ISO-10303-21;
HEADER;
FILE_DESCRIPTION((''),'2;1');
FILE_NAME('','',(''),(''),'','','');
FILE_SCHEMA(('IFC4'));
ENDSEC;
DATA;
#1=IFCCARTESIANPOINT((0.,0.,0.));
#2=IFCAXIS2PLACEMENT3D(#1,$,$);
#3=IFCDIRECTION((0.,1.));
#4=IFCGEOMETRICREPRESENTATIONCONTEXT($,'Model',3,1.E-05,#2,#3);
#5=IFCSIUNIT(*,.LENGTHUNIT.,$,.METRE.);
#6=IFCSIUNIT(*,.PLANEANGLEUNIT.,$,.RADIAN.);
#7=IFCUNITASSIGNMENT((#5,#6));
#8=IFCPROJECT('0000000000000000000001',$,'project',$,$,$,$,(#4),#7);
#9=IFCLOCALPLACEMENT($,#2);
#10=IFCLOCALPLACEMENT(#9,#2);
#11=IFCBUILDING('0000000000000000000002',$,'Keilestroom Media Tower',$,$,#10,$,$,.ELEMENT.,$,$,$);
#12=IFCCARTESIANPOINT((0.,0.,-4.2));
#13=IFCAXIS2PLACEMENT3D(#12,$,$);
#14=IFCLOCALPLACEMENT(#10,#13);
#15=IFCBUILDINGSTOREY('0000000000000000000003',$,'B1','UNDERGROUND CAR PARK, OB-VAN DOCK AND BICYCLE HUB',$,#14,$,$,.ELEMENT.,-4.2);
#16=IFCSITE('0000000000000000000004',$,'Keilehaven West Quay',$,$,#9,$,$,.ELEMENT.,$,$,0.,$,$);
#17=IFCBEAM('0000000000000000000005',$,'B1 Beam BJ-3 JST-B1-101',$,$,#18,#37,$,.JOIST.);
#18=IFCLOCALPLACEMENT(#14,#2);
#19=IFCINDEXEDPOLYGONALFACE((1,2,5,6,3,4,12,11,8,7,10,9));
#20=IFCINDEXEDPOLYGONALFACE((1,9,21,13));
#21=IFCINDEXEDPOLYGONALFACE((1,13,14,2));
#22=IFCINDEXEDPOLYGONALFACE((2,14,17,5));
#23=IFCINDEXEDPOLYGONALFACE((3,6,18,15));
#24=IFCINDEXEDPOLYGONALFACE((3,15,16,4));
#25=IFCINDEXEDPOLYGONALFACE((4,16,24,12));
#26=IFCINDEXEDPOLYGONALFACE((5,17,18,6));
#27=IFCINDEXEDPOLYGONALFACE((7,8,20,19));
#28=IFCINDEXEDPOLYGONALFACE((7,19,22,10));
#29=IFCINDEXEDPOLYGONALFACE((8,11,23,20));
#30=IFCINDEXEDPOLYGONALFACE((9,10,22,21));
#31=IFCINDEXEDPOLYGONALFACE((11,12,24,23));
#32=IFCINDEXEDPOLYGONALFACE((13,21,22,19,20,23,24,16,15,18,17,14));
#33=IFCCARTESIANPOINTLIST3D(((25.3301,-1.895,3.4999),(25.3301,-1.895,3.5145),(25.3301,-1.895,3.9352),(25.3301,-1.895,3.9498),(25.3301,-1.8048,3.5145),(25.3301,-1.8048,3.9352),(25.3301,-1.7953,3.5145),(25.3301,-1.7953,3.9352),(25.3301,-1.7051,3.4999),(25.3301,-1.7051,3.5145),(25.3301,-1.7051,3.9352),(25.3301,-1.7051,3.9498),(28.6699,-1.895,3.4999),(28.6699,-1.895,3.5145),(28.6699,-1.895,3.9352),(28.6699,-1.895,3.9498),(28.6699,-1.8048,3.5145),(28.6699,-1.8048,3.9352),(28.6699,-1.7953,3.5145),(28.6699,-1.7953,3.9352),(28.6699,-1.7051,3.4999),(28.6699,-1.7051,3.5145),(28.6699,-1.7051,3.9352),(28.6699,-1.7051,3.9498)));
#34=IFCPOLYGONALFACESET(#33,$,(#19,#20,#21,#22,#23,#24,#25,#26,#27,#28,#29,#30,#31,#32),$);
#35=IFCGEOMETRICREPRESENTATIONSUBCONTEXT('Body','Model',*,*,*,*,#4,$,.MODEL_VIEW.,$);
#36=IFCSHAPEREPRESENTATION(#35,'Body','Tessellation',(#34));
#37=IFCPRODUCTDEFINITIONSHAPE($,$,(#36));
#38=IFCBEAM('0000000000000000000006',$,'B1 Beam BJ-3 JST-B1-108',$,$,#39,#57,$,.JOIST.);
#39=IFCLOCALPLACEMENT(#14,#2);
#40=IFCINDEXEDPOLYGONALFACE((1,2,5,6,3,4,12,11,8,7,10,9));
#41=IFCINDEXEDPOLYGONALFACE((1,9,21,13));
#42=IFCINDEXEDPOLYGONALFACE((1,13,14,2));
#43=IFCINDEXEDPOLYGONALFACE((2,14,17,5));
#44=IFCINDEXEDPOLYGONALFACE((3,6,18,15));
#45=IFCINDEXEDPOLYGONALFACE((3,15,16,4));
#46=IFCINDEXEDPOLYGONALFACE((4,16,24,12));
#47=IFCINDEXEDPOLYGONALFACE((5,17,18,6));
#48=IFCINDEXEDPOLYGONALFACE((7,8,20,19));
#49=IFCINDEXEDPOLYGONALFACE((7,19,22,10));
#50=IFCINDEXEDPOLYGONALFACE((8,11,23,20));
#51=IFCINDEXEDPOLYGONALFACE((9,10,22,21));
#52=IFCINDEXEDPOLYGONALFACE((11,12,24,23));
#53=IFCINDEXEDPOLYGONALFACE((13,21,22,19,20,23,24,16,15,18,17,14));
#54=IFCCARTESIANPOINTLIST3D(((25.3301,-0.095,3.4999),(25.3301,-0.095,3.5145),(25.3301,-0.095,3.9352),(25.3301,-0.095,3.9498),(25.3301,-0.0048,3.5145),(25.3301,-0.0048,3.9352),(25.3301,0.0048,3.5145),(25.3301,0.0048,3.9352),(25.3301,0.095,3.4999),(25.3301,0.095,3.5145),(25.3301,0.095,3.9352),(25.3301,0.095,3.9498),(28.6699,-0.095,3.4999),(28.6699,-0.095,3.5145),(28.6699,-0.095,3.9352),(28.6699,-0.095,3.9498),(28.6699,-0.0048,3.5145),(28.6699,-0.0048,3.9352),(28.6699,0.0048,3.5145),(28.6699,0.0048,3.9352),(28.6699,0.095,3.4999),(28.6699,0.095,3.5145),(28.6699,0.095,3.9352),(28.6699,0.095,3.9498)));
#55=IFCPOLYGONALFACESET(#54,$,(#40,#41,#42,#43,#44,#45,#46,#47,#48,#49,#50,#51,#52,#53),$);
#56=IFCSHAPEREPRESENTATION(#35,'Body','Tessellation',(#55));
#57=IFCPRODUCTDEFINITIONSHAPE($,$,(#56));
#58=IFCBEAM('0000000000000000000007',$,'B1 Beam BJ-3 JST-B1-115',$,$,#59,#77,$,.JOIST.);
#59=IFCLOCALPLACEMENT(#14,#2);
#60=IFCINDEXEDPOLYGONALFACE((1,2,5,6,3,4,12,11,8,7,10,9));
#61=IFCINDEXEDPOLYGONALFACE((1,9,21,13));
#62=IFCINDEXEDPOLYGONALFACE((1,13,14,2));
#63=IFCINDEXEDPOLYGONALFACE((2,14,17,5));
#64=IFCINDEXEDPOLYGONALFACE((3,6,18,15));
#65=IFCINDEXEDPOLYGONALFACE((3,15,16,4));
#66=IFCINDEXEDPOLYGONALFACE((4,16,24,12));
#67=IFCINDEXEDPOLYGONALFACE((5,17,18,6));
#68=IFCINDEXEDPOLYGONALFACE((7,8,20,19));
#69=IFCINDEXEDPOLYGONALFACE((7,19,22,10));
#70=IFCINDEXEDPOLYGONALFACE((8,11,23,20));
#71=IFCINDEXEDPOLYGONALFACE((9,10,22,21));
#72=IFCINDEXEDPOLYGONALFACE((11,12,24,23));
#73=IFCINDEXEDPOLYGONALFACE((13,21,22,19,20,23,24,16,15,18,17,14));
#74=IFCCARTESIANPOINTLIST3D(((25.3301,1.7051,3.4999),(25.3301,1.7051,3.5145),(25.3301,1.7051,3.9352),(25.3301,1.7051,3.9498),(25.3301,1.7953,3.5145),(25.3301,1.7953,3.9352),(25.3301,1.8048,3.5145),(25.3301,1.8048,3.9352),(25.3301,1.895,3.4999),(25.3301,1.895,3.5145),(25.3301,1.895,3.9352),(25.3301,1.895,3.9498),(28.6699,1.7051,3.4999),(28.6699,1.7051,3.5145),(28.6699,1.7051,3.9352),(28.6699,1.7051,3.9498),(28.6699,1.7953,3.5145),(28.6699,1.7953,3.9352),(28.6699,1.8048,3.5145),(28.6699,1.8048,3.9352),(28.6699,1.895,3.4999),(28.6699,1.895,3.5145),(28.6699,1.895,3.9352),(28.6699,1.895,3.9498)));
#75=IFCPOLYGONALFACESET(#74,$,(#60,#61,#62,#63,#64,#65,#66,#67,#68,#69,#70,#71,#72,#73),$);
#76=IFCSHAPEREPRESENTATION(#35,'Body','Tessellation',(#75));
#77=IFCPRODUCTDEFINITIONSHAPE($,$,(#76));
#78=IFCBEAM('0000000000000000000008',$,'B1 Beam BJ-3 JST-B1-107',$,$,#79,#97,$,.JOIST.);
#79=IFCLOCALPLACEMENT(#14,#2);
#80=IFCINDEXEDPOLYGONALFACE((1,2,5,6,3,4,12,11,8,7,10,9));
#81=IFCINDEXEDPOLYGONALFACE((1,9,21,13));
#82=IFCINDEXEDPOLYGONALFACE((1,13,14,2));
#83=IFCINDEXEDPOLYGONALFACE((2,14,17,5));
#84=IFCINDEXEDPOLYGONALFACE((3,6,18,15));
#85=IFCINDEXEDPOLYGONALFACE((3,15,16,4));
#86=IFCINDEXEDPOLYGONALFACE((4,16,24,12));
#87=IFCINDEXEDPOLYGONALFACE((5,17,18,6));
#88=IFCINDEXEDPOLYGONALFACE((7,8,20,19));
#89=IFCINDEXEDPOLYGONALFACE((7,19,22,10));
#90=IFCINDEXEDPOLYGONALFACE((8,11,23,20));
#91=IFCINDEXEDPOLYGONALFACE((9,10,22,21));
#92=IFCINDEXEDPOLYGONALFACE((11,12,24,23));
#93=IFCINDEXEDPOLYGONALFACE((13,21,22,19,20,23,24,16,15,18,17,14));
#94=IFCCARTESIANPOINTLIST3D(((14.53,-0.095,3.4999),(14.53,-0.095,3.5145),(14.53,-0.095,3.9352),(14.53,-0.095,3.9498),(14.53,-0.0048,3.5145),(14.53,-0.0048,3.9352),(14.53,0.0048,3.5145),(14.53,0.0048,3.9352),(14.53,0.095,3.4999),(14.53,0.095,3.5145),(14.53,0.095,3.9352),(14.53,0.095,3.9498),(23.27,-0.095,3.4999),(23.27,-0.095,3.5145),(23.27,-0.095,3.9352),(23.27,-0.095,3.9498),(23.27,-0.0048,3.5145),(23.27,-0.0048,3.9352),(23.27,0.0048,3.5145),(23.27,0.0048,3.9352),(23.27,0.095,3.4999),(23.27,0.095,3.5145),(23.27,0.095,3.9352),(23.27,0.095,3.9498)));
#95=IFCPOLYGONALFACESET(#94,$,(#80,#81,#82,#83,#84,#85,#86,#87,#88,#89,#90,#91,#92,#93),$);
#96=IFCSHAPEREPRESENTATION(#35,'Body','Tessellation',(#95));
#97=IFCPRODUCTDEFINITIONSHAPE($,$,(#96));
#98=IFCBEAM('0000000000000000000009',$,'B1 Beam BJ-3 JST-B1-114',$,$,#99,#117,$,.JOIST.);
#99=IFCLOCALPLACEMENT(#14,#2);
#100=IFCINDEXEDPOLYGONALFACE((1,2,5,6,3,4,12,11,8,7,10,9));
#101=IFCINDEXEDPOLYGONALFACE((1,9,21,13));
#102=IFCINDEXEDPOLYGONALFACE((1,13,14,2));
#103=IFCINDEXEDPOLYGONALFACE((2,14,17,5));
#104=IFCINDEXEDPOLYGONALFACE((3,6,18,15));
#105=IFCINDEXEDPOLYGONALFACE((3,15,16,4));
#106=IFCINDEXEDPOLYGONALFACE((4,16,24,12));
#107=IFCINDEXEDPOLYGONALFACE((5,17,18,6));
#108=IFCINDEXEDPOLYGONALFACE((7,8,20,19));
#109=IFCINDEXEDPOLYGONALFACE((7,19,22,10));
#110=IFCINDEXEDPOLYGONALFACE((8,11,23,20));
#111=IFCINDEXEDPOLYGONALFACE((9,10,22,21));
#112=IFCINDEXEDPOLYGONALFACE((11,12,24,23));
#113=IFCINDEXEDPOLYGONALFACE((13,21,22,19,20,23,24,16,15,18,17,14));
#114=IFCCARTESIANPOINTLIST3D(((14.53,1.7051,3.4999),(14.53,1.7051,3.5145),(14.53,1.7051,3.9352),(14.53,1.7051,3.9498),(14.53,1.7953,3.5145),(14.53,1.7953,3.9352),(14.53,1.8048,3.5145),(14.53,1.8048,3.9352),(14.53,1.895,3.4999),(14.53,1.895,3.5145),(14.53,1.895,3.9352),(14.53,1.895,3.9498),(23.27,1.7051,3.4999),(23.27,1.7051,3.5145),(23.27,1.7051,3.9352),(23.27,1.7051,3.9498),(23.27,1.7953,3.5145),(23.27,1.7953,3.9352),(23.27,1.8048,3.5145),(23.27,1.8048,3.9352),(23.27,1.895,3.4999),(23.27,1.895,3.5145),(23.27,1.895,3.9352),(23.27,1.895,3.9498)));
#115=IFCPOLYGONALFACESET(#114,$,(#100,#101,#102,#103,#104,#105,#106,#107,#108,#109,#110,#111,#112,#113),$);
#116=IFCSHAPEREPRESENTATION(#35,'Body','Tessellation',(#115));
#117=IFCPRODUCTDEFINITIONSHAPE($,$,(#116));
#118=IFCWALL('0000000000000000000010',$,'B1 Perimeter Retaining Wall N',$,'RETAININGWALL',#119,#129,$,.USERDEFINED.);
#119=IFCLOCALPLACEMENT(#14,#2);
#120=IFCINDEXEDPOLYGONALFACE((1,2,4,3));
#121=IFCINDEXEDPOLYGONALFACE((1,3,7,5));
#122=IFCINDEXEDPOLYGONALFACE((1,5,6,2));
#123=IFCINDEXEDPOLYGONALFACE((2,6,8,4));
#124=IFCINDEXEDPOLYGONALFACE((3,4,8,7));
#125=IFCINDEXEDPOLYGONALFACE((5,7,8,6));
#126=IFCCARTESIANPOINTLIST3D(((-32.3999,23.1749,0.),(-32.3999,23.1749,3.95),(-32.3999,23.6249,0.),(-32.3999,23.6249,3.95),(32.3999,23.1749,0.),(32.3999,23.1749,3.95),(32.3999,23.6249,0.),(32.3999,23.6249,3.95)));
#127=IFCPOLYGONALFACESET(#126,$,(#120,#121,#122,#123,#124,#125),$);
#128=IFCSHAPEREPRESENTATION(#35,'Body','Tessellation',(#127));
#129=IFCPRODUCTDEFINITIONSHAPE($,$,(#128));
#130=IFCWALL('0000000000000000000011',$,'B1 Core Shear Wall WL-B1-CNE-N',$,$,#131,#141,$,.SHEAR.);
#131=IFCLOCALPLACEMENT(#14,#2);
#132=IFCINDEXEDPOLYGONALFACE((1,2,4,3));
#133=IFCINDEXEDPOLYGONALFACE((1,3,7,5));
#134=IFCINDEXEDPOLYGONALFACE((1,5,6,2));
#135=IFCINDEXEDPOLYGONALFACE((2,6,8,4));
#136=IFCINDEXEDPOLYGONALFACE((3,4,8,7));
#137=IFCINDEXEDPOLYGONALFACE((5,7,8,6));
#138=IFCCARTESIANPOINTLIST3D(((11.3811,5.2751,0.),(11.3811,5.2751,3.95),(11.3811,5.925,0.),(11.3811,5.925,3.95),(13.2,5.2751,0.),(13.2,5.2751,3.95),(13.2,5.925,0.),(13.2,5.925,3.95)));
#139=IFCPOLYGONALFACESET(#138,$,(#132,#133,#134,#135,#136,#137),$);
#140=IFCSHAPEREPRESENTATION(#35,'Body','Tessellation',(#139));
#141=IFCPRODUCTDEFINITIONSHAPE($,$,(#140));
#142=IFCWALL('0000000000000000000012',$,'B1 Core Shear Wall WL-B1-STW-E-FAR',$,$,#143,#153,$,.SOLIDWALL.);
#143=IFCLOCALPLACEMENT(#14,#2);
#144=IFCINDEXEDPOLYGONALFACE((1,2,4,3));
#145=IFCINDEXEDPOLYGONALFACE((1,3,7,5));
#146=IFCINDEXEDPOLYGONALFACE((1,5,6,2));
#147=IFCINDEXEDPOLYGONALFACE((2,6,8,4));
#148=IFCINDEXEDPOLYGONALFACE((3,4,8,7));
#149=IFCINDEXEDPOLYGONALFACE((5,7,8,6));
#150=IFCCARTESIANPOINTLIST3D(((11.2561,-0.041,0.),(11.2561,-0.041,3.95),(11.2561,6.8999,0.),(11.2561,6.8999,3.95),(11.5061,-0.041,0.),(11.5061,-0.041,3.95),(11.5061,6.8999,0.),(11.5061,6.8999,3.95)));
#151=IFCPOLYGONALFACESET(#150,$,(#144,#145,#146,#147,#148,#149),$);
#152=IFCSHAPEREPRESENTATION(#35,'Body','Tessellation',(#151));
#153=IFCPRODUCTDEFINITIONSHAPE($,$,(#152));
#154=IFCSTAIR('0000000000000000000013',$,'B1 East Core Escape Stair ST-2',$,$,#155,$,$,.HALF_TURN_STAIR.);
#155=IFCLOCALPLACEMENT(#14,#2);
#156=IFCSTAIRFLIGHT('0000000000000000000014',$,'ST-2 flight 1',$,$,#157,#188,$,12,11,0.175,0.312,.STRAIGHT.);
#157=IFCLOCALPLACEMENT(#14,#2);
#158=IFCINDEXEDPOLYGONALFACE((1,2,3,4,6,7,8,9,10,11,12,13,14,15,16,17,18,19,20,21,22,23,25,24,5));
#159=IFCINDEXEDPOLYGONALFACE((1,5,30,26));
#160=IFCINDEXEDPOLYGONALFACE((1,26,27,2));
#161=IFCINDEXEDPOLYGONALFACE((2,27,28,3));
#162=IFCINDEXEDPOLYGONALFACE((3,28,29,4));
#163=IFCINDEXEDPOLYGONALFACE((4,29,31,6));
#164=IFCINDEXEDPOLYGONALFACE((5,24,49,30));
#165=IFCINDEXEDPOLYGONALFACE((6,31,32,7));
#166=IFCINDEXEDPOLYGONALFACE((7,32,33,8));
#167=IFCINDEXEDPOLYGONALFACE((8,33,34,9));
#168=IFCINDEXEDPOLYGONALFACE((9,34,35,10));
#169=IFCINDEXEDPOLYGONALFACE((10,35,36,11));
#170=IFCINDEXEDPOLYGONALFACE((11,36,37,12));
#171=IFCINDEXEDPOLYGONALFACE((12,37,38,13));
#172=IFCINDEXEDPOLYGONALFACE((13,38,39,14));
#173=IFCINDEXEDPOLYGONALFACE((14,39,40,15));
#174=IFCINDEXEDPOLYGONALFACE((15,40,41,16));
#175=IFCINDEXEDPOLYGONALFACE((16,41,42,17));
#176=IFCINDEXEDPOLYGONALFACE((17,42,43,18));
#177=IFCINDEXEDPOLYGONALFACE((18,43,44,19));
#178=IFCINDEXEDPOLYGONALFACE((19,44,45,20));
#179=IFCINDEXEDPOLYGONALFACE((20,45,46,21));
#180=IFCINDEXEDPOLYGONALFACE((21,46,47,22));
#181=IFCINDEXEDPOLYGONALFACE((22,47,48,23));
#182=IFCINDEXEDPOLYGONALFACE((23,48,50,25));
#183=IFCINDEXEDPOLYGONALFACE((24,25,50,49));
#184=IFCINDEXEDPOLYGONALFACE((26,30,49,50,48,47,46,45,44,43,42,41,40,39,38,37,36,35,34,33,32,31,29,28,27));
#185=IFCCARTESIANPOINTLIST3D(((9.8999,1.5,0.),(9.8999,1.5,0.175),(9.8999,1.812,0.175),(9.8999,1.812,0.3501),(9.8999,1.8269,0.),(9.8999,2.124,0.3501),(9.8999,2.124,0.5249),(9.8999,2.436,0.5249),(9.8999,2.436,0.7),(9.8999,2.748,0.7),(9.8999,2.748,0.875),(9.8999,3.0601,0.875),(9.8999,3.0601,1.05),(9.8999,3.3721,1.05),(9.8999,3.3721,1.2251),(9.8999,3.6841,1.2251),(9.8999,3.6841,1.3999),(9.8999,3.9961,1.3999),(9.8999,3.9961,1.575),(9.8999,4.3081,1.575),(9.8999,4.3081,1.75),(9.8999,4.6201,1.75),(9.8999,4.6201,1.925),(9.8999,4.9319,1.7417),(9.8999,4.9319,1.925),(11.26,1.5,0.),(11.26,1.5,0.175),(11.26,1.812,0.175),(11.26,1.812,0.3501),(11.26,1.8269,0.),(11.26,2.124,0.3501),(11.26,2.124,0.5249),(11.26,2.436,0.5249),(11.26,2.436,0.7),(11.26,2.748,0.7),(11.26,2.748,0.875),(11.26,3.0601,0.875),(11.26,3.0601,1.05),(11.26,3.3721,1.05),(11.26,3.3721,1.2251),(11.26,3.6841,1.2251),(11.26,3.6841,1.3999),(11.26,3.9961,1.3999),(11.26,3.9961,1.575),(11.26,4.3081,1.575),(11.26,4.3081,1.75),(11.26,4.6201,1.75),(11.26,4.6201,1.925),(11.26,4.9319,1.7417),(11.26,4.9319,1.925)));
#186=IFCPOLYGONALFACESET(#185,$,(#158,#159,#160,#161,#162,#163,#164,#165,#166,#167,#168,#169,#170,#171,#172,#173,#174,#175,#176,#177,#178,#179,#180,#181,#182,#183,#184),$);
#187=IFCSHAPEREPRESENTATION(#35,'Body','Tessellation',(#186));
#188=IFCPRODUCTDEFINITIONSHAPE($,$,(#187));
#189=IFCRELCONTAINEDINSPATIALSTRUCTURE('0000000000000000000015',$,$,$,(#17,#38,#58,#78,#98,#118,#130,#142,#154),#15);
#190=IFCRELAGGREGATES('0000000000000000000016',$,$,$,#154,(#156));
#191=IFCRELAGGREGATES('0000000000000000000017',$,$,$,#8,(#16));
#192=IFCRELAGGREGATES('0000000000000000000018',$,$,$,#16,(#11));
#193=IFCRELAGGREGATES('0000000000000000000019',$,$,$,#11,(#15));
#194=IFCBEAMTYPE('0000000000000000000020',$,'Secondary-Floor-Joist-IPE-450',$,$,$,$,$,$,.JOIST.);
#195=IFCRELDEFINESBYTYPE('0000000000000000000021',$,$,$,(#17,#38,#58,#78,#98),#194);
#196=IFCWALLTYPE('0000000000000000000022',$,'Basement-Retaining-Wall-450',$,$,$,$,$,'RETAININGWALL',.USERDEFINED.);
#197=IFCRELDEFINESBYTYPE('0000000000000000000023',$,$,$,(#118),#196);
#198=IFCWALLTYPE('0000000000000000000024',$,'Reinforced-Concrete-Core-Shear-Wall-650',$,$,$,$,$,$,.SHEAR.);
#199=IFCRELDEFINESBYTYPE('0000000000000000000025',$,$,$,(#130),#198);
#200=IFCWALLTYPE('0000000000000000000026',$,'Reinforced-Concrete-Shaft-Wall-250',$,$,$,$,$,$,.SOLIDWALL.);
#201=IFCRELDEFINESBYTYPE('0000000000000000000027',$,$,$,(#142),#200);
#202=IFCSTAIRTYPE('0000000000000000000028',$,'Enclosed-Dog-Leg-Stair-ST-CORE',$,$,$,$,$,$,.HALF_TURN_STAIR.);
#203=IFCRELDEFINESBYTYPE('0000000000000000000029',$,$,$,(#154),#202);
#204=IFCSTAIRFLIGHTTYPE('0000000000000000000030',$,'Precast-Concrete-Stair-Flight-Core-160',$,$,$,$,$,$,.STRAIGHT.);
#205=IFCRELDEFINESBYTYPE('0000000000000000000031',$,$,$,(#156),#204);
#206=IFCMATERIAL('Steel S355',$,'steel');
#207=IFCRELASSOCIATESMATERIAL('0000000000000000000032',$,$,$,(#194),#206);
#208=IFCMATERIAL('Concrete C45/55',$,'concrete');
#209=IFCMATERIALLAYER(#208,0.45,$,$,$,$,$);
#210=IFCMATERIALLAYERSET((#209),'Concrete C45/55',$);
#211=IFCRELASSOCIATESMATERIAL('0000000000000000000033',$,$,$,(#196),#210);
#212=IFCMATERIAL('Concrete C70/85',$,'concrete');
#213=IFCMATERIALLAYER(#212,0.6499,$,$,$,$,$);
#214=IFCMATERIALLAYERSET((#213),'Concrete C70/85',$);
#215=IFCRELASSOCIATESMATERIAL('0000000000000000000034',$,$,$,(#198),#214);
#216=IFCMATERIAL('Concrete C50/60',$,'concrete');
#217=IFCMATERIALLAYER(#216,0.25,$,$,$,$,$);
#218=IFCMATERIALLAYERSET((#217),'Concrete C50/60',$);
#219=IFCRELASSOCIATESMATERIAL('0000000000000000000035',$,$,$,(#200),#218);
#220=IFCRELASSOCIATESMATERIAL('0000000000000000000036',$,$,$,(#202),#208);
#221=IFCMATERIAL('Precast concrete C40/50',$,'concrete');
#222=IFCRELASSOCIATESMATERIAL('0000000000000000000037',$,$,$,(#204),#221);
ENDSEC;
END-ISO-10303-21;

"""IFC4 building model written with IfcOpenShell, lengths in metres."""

from ifc_helpers import new_model, si_unit, direction, frame, frame_2d, origin, origin_2d, place, context, subcontext, project, spatial, polyline, rectangle, i_section, outline, extrude, source, transform, mapped, material, layer, layer_set, material_profile, profile_set, type_object, element, aggregate, save


model = new_model("IFC4")

# Units and contexts
model_context = context("Model", 3, precision=1e-05, world=origin(), true_north=direction((0.0, 1.0)))
body_context = subcontext(model_context, "Body", "Model", "MODEL_VIEW")
ifc_project = project(units=[si_unit("LENGTHUNIT", "METRE"), si_unit("PLANEANGLEUNIT", "RADIAN")], contexts=[model_context])

# Site, building, storey
site_placement = place(None, origin())
site = spatial("IfcSite", under=ifc_project, at=site_placement, Name="Keilehaven West Quay", CompositionType="ELEMENT", RefElevation=0.0)
building_placement = place(site_placement, origin())
building = spatial("IfcBuilding", under=site, at=building_placement, Name="Keilestroom Media Tower", CompositionType="ELEMENT")
storey_placement = place(building_placement, frame((0.0, 0.0, -4.2)))
storey = spatial("IfcBuildingStorey", under=building, at=storey_placement, Name="B1", Description="UNDERGROUND CAR PARK, OB-VAN DOCK AND BICYCLE HUB", CompositionType="ELEMENT", Elevation=-4.2)

# Shared definitions
ifc_material_1 = material(Name="Precast concrete C40/50", Category="concrete")
ifc_material_2 = material(Name="Concrete C70/85", Category="concrete")

# Beams
ifc_material_3 = material(Name="Steel S355", Category="steel")
ifc_material_profile_1 = material_profile(ifc_material_3, i_section(OverallWidth=0.1899, OverallDepth=0.45, WebThickness=0.0095, FlangeThickness=0.0146, at=origin_2d()), Name="IPE 450")
ifc_profile_set_1 = profile_set([ifc_material_profile_1], Name="Steel S355")
beam_type_1 = type_object("IfcBeamType", Name="Secondary-Floor-Joist-IPE-450", PredefinedType="JOIST", material=ifc_profile_set_1)
shared_shape_1 = source(origin(), body_context, "Body", "SweptSolid", [
    extrude(i_section(OverallWidth=0.1899, OverallDepth=0.45, WebThickness=0.0095, FlangeThickness=0.0146, at=origin_2d()), origin(), (0.0, 0.0, 1.0), 3.3398),
])
for number, where, z_axis, x_axis, name in (
    (1, (25.3301, -1.8, 3.7249), (1.0, 0.0, 0.0), (0.0, 1.0, 0.0), "B1 Beam BJ-3 JST-B1-101"),
    (2, (25.3301, 0.0, 3.7249), (1.0, 0.0, 0.0), (0.0, 1.0, 0.0), "B1 Beam BJ-3 JST-B1-108"),
    (3, (25.3301, 1.8, 3.7249), (1.0, 0.0, 0.0), (0.0, 1.0, 0.0), "B1 Beam BJ-3 JST-B1-115"),
):
    element("IfcBeam", number, at=place(storey_placement, frame(where, z_axis=z_axis, x_axis=x_axis)), inside=storey, type_object=beam_type_1, Name=name, PredefinedType="JOIST", context=body_context, shape_type="MappedRepresentation", body=[
        mapped(shared_shape_1, transform((0.0, 0.0, 0.0), x_axis=(1.0, 0.0, 0.0), y_axis=(0.0, 1.0, 0.0), z_axis=(0.0, 0.0, 1.0), scale=1.0)),
    ])
shared_shape_2 = source(origin(), body_context, "Body", "SweptSolid", [
    extrude(i_section(OverallWidth=0.1899, OverallDepth=0.45, WebThickness=0.0095, FlangeThickness=0.0146, at=origin_2d()), origin(), (0.0, 0.0, 1.0), 8.74),
])
for number, where, z_axis, x_axis, name in (
    (4, (14.53, 0.0, 3.7249), (1.0, 0.0, 0.0), (0.0, 1.0, 0.0), "B1 Beam BJ-3 JST-B1-107"),
    (5, (14.53, 1.8, 3.7249), (1.0, 0.0, 0.0), (0.0, 1.0, 0.0), "B1 Beam BJ-3 JST-B1-114"),
):
    element("IfcBeam", number, at=place(storey_placement, frame(where, z_axis=z_axis, x_axis=x_axis)), inside=storey, type_object=beam_type_1, Name=name, PredefinedType="JOIST", context=body_context, shape_type="MappedRepresentation", body=[
        mapped(shared_shape_2, transform((0.0, 0.0, 0.0), x_axis=(1.0, 0.0, 0.0), y_axis=(0.0, 1.0, 0.0), z_axis=(0.0, 0.0, 1.0), scale=1.0)),
    ])

# Walls
ifc_material_4 = material(Name="Concrete C45/55", Category="concrete")
ifc_layer_1 = layer(ifc_material_4, 0.45)
ifc_layer_set_1 = layer_set([ifc_layer_1], Name="Concrete C45/55")
wall_type_1 = type_object("IfcWallType", Name="Basement-Retaining-Wall-450", ElementType="RETAININGWALL", PredefinedType="USERDEFINED", material=ifc_layer_set_1)
wall_1_placement = place(storey_placement, frame((32.3999, 23.3999, 0.0), z_axis=(0.0, 0.0, 1.0), x_axis=(-1.0, 0.0, 0.0)))
element("IfcWall", 6, at=wall_1_placement, inside=storey, type_object=wall_type_1, Name="B1 Perimeter Retaining Wall N", ObjectType="RETAININGWALL", PredefinedType="USERDEFINED", context=body_context, shape_type="SweptSolid", body=[
    extrude(rectangle(XDim=64.7998, YDim=0.45, at=frame_2d((32.3999, 0.0))), origin(), (0.0, 0.0, 1.0), 3.95),
])
ifc_layer_2 = layer(ifc_material_2, 0.6499)
ifc_layer_set_2 = layer_set([ifc_layer_2], Name="Concrete C70/85")
wall_type_2 = type_object("IfcWallType", Name="Reinforced-Concrete-Core-Shear-Wall-650", PredefinedType="SHEAR", material=ifc_layer_set_2)
wall_2_placement = place(storey_placement, frame((11.3811, 5.6001, 0.0), z_axis=(0.0, 0.0, 1.0), x_axis=(1.0, 0.0, 0.0)))
element("IfcWall", 7, at=wall_2_placement, inside=storey, type_object=wall_type_2, Name="B1 Core Shear Wall WL-B1-CNE-N", PredefinedType="SHEAR", context=body_context, shape_type="SweptSolid", body=[
    extrude(rectangle(XDim=1.8188, YDim=0.6499, at=frame_2d((0.9094, 0.0))), origin(), (0.0, 0.0, 1.0), 3.95),
])
ifc_material_5 = material(Name="Concrete C50/60", Category="concrete")
ifc_layer_3 = layer(ifc_material_5, 0.25)
ifc_layer_set_3 = layer_set([ifc_layer_3], Name="Concrete C50/60")
wall_type_3 = type_object("IfcWallType", Name="Reinforced-Concrete-Shaft-Wall-250", PredefinedType="SOLIDWALL", material=ifc_layer_set_3)
wall_3_placement = place(storey_placement, frame((11.3811, -0.041, 0.0), z_axis=(0.0, 0.0, 1.0), x_axis=(0.0, 1.0, 0.0)))
element("IfcWall", 8, at=wall_3_placement, inside=storey, type_object=wall_type_3, Name="B1 Core Shear Wall WL-B1-STW-E-FAR", PredefinedType="SOLIDWALL", context=body_context, shape_type="SweptSolid", body=[
    extrude(rectangle(XDim=6.9409, YDim=0.25, at=frame_2d((3.4705, 0.0))), origin(), (0.0, 0.0, 1.0), 3.95),
])

# Stair, stair flight
stair_type = type_object("IfcStairType", Name="Enclosed-Dog-Leg-Stair-ST-CORE", PredefinedType="HALF_TURN_STAIR", material=ifc_material_4)
stair_placement = place(storey_placement, origin())
stair = element("IfcStair", 9, at=stair_placement, inside=storey, type_object=stair_type, Name="B1 East Core Escape Stair ST-2", PredefinedType="HALF_TURN_STAIR")
stair_flight_type = type_object("IfcStairFlightType", Name="Precast-Concrete-Stair-Flight-Core-160", PredefinedType="STRAIGHT", material=ifc_material_1)
stair_flight_placement = place(storey_placement, frame((10.5801, 1.5, 0.0), z_axis=(0.0, 0.0, 1.0), x_axis=(0.0, 1.0, 0.0)))
stair_flight = element("IfcStairFlight", 10, at=stair_flight_placement, type_object=stair_flight_type, Name="ST-2 flight 1", NumberOfRisers=12, NumberOfTreads=11, PredefinedType="STRAIGHT", RiserHeight=0.175, TreadLength=0.312, context=body_context, shape_type="SweptSolid", body=[
    extrude(outline(polyline([(0.0, 0.0), (0.0, 0.175), (0.312, 0.175), (0.312, 0.3501), (0.624, 0.3501), (0.624, 0.5249), (0.936, 0.5249), (0.936, 0.7), (1.248, 0.7), (1.248, 0.875), (1.5601, 0.875), (1.5601, 1.05), (1.8721, 1.05), (1.8721, 1.2251), (2.1841, 1.2251), (2.1841, 1.3999), (2.4961, 1.3999), (2.4961, 1.575), (2.8081, 1.575), (2.8081, 1.75), (3.1201, 1.75), (3.1201, 1.925), (3.4319, 1.925), (3.4319, 2.1001), (3.4319, 1.7417), (0.3269, 0.0), (0.0, 0.0)])), frame((0.0, 0.6802, 0.0), z_axis=(0.0, -1.0, 0.0), x_axis=(1.0, 0.0, 0.0)), (0.0, 0.0, 1.0), 1.3601),
])
aggregate(stair, [stair_flight])

save(model, "model.ifc")
